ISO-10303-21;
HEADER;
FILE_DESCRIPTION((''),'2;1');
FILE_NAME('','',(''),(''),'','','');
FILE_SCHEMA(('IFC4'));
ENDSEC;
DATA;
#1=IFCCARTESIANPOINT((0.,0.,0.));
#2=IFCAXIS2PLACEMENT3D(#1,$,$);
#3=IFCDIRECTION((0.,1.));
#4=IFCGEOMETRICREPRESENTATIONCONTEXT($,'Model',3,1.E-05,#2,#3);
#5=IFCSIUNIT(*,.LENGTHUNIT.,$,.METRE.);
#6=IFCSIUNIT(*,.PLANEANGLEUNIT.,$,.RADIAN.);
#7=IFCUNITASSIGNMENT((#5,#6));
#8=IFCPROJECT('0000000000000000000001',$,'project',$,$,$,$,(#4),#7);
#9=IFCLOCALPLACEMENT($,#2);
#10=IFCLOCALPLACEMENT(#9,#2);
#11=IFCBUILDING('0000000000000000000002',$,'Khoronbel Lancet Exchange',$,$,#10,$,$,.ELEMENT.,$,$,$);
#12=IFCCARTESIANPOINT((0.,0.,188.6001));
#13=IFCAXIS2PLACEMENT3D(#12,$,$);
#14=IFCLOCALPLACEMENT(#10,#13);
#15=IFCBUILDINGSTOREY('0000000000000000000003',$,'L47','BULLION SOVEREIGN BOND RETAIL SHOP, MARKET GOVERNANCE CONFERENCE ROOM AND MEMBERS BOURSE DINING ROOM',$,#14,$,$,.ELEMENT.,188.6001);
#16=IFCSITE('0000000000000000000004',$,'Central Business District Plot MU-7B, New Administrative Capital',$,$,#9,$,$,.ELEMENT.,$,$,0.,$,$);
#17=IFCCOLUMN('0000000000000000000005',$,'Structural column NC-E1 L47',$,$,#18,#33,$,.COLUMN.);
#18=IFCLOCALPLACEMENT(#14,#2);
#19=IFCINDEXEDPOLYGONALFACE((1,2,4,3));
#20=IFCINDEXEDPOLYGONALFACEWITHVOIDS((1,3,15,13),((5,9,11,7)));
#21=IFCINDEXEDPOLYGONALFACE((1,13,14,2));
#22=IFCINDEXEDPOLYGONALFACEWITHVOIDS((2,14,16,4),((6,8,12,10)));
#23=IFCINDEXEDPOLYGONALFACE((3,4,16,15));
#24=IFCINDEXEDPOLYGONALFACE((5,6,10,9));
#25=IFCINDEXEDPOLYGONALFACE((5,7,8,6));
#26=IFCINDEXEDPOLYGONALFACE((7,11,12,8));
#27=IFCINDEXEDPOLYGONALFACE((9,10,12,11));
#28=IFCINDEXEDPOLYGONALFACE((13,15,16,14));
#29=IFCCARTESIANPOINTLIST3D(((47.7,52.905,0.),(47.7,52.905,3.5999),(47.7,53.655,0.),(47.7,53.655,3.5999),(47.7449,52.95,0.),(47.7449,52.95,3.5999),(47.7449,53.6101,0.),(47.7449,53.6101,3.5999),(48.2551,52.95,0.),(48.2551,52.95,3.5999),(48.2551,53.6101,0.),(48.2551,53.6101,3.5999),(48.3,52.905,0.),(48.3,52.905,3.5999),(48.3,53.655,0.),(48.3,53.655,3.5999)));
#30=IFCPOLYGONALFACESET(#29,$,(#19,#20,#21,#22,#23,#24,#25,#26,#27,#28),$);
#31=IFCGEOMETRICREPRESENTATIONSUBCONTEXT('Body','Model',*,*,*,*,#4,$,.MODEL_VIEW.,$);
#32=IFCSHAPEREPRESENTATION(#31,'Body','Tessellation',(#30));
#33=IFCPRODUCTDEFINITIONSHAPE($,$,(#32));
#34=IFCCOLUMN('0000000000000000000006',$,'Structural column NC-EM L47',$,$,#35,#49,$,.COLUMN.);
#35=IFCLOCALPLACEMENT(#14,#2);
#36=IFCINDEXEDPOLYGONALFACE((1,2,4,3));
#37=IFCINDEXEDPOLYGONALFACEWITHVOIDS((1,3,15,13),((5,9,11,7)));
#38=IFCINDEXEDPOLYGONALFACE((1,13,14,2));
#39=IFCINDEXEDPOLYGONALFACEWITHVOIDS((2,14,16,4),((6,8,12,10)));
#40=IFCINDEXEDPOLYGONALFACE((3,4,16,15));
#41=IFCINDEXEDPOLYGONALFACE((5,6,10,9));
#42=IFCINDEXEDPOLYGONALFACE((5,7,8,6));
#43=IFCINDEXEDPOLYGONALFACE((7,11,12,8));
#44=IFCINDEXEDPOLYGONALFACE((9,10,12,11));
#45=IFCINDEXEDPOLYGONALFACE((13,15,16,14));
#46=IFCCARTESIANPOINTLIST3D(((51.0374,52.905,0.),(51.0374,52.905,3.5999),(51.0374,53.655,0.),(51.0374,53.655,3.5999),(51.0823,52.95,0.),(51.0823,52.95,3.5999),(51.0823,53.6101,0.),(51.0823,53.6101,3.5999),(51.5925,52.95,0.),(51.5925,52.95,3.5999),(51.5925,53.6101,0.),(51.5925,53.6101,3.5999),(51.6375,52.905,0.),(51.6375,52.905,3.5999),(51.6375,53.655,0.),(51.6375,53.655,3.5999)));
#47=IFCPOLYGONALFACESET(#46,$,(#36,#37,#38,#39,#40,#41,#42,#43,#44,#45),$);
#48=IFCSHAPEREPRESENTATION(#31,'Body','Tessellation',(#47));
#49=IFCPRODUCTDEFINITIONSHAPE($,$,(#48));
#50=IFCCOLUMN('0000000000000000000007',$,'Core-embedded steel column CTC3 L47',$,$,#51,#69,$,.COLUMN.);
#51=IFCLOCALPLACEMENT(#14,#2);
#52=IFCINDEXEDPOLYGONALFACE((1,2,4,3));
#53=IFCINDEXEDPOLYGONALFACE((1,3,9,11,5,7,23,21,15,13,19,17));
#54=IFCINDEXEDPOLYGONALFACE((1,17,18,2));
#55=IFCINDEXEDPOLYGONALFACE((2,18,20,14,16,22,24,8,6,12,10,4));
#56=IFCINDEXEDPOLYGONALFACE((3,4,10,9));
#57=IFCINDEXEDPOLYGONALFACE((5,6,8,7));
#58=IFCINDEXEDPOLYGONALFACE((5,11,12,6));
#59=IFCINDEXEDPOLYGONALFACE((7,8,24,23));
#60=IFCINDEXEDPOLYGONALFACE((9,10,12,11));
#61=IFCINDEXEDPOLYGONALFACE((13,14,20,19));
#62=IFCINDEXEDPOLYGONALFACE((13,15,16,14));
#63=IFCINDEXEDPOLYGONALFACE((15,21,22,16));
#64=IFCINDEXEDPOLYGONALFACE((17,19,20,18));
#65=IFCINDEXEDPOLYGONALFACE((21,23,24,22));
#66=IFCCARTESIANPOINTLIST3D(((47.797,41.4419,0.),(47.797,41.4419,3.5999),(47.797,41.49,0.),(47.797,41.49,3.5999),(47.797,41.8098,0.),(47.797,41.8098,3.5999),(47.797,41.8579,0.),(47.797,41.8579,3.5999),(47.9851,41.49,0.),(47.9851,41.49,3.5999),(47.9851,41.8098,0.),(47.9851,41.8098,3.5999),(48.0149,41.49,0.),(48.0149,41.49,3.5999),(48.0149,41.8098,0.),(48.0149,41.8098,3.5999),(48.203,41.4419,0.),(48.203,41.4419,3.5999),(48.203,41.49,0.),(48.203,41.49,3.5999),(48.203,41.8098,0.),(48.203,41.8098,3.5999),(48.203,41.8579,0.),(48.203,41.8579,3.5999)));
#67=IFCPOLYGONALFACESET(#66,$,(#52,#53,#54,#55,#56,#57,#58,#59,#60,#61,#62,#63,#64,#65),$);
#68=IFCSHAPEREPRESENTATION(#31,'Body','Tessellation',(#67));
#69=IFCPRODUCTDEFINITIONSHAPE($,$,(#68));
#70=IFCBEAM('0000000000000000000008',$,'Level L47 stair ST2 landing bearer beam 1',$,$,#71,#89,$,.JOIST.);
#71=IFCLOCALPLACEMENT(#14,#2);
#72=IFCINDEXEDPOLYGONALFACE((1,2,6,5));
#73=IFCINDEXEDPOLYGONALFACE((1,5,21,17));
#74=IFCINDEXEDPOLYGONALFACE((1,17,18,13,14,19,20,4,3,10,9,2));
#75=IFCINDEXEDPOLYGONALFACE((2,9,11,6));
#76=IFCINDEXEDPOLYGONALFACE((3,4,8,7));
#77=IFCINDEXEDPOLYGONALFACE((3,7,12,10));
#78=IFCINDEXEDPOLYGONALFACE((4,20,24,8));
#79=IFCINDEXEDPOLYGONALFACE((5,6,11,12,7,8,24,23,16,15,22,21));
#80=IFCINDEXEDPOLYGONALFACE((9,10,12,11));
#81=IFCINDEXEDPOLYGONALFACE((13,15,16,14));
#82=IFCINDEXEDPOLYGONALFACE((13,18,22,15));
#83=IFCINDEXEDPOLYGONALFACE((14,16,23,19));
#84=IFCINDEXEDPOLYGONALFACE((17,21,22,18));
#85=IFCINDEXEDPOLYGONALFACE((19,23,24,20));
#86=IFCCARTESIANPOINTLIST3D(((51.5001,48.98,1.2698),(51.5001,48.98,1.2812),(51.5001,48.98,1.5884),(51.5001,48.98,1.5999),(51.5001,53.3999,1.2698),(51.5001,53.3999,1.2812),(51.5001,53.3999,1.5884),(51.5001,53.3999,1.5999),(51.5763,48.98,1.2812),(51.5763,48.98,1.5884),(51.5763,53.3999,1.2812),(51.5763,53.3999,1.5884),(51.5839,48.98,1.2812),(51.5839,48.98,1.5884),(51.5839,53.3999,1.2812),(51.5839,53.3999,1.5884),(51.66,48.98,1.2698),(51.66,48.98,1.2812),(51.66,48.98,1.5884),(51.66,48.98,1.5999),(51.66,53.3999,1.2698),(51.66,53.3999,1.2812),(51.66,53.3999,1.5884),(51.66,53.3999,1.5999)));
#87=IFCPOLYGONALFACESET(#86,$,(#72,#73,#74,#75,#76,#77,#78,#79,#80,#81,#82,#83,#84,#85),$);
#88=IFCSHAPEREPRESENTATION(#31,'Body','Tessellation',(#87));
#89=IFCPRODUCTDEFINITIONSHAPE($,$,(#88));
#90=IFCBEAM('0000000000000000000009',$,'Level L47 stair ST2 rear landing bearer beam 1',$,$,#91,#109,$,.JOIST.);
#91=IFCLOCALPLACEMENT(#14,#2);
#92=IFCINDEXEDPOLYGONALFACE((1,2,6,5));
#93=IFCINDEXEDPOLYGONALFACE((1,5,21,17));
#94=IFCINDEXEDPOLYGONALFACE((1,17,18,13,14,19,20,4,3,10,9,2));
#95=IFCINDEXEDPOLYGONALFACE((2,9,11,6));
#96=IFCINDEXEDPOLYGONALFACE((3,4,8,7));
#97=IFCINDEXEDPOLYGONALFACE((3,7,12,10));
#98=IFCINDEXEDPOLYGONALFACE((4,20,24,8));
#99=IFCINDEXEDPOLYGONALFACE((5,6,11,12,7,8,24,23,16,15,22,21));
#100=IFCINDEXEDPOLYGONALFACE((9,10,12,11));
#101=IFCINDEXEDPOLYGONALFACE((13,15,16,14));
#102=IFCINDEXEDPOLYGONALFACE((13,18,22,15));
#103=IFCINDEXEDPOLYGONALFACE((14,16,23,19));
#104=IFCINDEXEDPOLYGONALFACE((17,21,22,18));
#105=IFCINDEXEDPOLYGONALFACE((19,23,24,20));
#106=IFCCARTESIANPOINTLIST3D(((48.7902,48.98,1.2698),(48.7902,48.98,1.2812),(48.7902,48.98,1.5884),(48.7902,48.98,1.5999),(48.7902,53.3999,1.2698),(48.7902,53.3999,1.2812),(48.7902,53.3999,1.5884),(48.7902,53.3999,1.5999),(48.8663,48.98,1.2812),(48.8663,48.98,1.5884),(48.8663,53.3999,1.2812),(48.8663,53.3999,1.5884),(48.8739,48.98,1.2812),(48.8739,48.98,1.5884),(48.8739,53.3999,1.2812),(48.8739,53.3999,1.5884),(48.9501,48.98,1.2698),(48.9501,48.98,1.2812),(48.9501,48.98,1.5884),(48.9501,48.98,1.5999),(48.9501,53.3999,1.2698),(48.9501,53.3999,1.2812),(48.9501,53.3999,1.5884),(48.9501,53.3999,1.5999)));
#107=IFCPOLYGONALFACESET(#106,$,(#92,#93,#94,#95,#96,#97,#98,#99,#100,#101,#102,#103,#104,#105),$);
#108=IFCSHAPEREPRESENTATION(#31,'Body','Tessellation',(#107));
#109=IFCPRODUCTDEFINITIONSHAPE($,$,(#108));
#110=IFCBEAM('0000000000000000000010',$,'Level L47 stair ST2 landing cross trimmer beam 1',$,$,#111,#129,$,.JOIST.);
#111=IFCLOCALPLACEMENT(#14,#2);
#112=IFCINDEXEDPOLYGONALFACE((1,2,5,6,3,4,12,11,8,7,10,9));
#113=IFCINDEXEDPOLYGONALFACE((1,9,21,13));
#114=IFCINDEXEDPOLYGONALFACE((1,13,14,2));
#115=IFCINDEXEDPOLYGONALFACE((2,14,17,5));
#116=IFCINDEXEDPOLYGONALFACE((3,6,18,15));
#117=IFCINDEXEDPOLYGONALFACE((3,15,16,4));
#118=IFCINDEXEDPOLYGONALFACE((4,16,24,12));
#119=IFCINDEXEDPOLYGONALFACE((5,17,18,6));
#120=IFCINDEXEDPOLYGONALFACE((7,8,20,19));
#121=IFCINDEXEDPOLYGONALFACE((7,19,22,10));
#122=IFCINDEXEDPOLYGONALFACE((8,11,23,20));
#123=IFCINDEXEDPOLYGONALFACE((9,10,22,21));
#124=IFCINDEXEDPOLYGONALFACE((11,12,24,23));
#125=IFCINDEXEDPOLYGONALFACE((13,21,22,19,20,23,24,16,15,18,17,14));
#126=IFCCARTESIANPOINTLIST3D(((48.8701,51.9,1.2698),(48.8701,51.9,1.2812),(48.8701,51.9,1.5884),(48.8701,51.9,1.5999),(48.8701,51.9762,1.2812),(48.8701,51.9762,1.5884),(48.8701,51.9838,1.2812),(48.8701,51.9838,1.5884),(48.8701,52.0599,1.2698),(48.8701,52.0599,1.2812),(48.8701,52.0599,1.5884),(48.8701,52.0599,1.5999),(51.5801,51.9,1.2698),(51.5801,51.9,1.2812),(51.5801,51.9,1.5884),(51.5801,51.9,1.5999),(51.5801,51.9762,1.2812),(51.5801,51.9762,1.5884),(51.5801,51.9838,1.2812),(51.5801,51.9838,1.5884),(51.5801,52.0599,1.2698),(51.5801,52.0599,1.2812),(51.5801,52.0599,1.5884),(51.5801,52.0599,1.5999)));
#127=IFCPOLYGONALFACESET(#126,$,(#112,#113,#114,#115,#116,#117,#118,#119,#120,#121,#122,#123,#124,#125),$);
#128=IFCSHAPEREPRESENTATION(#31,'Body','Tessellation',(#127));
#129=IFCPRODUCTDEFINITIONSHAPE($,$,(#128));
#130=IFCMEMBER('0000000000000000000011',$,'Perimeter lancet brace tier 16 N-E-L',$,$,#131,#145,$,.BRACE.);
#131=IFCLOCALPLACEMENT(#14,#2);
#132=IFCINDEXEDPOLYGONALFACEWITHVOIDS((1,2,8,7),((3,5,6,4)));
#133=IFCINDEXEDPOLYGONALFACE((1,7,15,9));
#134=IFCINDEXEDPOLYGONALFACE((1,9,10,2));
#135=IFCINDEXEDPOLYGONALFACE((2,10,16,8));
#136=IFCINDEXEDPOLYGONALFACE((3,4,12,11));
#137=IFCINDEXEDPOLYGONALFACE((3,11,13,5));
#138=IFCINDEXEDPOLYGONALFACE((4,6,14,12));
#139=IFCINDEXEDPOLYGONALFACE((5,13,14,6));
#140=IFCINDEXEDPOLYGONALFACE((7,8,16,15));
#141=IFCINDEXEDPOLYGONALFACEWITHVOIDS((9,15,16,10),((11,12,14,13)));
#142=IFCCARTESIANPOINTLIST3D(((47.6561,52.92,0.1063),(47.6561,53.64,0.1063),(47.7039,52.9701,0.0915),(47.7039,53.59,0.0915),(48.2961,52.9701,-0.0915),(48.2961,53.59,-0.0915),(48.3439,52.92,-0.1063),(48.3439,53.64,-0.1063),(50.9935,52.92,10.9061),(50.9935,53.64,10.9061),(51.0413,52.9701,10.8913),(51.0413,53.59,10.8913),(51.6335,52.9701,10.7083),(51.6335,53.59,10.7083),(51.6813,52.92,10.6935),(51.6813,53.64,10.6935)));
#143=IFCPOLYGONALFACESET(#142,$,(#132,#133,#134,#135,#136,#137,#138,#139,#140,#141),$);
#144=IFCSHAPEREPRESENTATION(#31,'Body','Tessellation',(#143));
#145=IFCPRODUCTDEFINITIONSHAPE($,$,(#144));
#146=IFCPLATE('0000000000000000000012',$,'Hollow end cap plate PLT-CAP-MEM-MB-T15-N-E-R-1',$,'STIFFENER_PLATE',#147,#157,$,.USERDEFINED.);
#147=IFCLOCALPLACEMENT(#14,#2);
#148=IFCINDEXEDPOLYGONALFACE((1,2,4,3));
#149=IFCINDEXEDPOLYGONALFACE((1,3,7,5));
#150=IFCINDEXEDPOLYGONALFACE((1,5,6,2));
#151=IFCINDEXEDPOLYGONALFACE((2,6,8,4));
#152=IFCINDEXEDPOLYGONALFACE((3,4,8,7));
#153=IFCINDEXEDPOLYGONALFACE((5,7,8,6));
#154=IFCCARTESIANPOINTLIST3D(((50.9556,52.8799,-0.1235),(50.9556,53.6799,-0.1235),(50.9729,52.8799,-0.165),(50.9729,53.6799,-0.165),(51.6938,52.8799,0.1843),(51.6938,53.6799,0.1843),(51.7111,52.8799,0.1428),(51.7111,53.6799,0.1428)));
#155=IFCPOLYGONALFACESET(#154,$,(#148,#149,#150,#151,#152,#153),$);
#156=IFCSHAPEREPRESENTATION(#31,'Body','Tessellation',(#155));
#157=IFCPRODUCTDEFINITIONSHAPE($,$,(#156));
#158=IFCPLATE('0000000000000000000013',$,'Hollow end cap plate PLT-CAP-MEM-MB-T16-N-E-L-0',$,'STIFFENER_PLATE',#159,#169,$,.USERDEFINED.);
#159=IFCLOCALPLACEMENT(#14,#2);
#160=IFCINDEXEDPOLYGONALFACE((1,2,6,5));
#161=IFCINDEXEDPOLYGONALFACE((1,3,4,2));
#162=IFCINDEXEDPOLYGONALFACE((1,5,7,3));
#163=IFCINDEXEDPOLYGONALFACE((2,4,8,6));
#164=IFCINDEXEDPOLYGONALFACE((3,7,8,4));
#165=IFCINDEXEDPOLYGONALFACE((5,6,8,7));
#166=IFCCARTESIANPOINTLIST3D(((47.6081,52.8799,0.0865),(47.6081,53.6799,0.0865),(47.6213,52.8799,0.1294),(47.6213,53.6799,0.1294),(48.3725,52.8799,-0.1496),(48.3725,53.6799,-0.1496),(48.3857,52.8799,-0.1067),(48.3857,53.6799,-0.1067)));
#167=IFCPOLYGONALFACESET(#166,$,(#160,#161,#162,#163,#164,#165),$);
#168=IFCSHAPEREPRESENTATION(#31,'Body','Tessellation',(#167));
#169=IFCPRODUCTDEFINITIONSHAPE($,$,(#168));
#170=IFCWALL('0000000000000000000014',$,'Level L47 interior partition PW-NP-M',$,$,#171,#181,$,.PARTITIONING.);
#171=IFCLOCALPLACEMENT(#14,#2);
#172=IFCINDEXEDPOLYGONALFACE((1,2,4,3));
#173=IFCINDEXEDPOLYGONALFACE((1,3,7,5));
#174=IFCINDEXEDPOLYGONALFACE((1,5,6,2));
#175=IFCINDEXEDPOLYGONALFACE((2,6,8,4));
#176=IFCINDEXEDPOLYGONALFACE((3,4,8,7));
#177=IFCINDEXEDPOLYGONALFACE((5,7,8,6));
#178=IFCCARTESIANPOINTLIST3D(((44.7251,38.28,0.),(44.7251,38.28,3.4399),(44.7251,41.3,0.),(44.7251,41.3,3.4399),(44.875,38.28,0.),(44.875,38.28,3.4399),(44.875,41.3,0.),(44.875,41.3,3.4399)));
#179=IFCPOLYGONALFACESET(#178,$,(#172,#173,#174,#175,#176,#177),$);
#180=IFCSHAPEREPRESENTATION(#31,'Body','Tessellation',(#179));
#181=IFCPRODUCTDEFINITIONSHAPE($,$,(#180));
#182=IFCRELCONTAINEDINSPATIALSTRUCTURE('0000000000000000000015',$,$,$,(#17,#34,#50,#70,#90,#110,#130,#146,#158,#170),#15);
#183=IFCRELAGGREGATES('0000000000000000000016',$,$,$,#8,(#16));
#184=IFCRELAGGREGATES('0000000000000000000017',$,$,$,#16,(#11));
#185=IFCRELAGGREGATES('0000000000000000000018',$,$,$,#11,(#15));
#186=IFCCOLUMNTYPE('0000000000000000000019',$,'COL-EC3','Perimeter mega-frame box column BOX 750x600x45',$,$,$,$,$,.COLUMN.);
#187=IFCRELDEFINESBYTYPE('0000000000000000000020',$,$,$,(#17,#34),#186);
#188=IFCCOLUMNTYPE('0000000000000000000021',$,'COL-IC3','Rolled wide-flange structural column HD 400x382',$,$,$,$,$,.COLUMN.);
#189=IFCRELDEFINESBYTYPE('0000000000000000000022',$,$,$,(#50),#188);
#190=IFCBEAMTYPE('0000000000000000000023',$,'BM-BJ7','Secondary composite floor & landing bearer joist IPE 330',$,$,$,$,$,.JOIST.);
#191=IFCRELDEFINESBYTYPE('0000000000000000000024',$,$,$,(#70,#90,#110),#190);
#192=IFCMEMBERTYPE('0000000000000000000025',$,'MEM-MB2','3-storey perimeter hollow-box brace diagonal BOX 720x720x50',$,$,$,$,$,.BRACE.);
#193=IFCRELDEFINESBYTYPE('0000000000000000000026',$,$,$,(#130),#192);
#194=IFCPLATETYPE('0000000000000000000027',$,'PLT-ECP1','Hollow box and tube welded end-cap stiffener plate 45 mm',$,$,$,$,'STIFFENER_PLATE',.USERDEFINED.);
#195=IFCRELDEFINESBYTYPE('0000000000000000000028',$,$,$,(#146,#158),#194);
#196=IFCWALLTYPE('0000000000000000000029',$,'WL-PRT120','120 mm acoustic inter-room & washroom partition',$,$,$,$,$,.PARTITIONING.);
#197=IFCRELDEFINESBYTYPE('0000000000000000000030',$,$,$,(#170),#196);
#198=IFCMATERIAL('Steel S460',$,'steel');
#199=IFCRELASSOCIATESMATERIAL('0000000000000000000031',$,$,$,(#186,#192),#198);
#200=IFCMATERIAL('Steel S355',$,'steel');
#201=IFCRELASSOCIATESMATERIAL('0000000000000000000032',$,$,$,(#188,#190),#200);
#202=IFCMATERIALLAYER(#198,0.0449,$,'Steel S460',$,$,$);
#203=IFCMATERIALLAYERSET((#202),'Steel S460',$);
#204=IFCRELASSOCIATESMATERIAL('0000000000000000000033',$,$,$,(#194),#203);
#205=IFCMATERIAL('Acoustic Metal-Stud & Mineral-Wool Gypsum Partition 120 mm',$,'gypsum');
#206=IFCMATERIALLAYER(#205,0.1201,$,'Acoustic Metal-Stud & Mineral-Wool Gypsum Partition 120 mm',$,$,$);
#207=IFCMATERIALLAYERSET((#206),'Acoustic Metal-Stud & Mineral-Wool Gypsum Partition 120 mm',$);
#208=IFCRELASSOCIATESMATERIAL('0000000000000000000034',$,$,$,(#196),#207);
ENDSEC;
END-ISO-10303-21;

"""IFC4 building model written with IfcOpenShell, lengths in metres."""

from ifc_helpers import new_model, si_unit, direction, frame, frame_2d, origin, origin_2d, place, context, subcontext, project, spatial, polyline, rectangle, hollow_rectangle, i_section, outline, extrude, material, layer, layer_set, material_profile, profile_set, type_object, element, save


model = new_model("IFC4")

# Units and contexts
model_context = context("Model", 3, precision=1e-05, world=origin(), true_north=direction((0.0, 1.0)))
body_context = subcontext(model_context, "Body", "Model", "MODEL_VIEW")
ifc_project = project(units=[si_unit("LENGTHUNIT", "METRE"), si_unit("PLANEANGLEUNIT", "RADIAN")], contexts=[model_context])

# Site, building, storey
site_placement = place(None, origin())
site = spatial("IfcSite", under=ifc_project, at=site_placement, Name="Central Business District Plot MU-7B, New Administrative Capital", CompositionType="ELEMENT", RefElevation=0.0)
building_placement = place(site_placement, origin())
building = spatial("IfcBuilding", under=site, at=building_placement, Name="Khoronbel Lancet Exchange", CompositionType="ELEMENT")
storey_placement = place(building_placement, frame((0.0, 0.0, 188.6001)))
storey = spatial("IfcBuildingStorey", under=building, at=storey_placement, Name="L47", Description="BULLION SOVEREIGN BOND RETAIL SHOP, MARKET GOVERNANCE CONFERENCE ROOM AND MEMBERS BOURSE DINING ROOM", CompositionType="ELEMENT", Elevation=188.6001)

# Columns
ifc_material_1 = material(Name="Steel S460", Category="steel")
ifc_material_profile_1 = material_profile(ifc_material_1, hollow_rectangle(XDim=0.6001, YDim=0.75, WallThickness=0.0449, at=origin_2d()), Name="BOX 750x600x45")
ifc_profile_set_1 = profile_set([ifc_material_profile_1], Name="Steel S460")
column_type_1 = type_object("IfcColumnType", Name="COL-EC3", Description="Perimeter mega-frame box column BOX 750x600x45", PredefinedType="COLUMN", material=ifc_profile_set_1)
for number, where, z_axis, x_axis, name in (
    (1, (48.0, 53.28, 0.0), (0.0, 0.0, 1.0), (1.0, 0.0, 0.0), "Structural column NC-E1 L47"),
    (2, (51.3374, 53.28, 0.0), (0.0, 0.0, 1.0), (1.0, 0.0, 0.0), "Structural column NC-EM L47"),
):
    element("IfcColumn", number, at=place(storey_placement, frame(where, z_axis=z_axis, x_axis=x_axis)), inside=storey, type_object=column_type_1, Name=name, PredefinedType="COLUMN", context=body_context, shape_type="SweptSolid", body=[
        extrude(hollow_rectangle(XDim=0.6001, YDim=0.75, WallThickness=0.0449, at=origin_2d()), origin(), (0.0, 0.0, 1.0), 3.5999),
    ])
ifc_material_2 = material(Name="Steel S355", Category="steel")
ifc_material_profile_2 = material_profile(ifc_material_2, i_section(OverallWidth=0.406, OverallDepth=0.416, WebThickness=0.0298, FlangeThickness=0.0481, at=origin_2d()), Name="HD 400x382")
ifc_profile_set_2 = profile_set([ifc_material_profile_2], Name="Steel S355")
column_type_2 = type_object("IfcColumnType", Name="COL-IC3", Description="Rolled wide-flange structural column HD 400x382", PredefinedType="COLUMN", material=ifc_profile_set_2)
column_placement = place(storey_placement, frame((48.0, 41.6499, 0.0), z_axis=(0.0, 0.0, 1.0), x_axis=(1.0, 0.0, 0.0)))
element("IfcColumn", 3, at=column_placement, inside=storey, type_object=column_type_2, Name="Core-embedded steel column CTC3 L47", PredefinedType="COLUMN", context=body_context, shape_type="SweptSolid", body=[
    extrude(i_section(OverallWidth=0.406, OverallDepth=0.416, WebThickness=0.0298, FlangeThickness=0.0481, at=origin_2d()), origin(), (0.0, 0.0, 1.0), 3.5999),
])

# Beams
ifc_material_profile_3 = material_profile(ifc_material_2, i_section(OverallWidth=0.1599, OverallDepth=0.3301, WebThickness=0.0076, FlangeThickness=0.0115, at=origin_2d()), Name="IPE 330")
ifc_profile_set_3 = profile_set([ifc_material_profile_3], Name="Steel S355")
beam_type = type_object("IfcBeamType", Name="BM-BJ7", Description="Secondary composite floor & landing bearer joist IPE 330", PredefinedType="JOIST", material=ifc_profile_set_3)
for number, where, z_axis, x_axis, name in (
    (4, (51.5801, 48.98, 1.4348), (0.0, 1.0, 0.0), (-1.0, 0.0, 0.0), "Level L47 stair ST2 landing bearer beam 1"),
    (5, (48.8701, 48.98, 1.4348), (0.0, 1.0, 0.0), (-1.0, 0.0, 0.0), "Level L47 stair ST2 rear landing bearer beam 1"),
):
    element("IfcBeam", number, at=place(storey_placement, frame(where, z_axis=z_axis, x_axis=x_axis)), inside=storey, type_object=beam_type, Name=name, PredefinedType="JOIST", context=body_context, shape_type="SweptSolid", body=[
        extrude(i_section(OverallWidth=0.1599, OverallDepth=0.3301, WebThickness=0.0076, FlangeThickness=0.0115, at=origin_2d()), origin(), (0.0, 0.0, 1.0), 4.4199),
    ])
beam_placement = place(storey_placement, frame((48.8701, 51.98, 1.4348), z_axis=(1.0, 0.0, 0.0), x_axis=(0.0, 1.0, 0.0)))
element("IfcBeam", 6, at=beam_placement, inside=storey, type_object=beam_type, Name="Level L47 stair ST2 landing cross trimmer beam 1", PredefinedType="JOIST", context=body_context, shape_type="SweptSolid", body=[
    extrude(i_section(OverallWidth=0.1599, OverallDepth=0.3301, WebThickness=0.0076, FlangeThickness=0.0115, at=origin_2d()), origin(), (0.0, 0.0, 1.0), 2.71),
])

# Member
ifc_material_profile_4 = material_profile(ifc_material_1, hollow_rectangle(XDim=0.72, YDim=0.72, WallThickness=0.05, at=origin_2d()), Name="BOX 720x720x50")
ifc_profile_set_4 = profile_set([ifc_material_profile_4], Name="Steel S460")
member_type = type_object("IfcMemberType", Name="MEM-MB2", Description="3-storey perimeter hollow-box brace diagonal BOX 720x720x50", PredefinedType="BRACE", material=ifc_profile_set_4)
member_placement = place(storey_placement, frame((48.0, 53.28, 0.0), z_axis=(0.295248, 0.0, 0.955421), x_axis=(0.0, 1.0, 0.0)))
element("IfcMember", 7, at=member_placement, inside=storey, type_object=member_type, Name="Perimeter lancet brace tier 16 N-E-L", PredefinedType="BRACE", context=body_context, shape_type="SweptSolid", body=[
    extrude(hollow_rectangle(XDim=0.72, YDim=0.72, WallThickness=0.05, at=origin_2d()), origin(), (0.0, 0.0, 1.0), 11.3037),
])

# Plates
ifc_layer_1 = layer(ifc_material_1, 0.0449, Name="Steel S460")
ifc_layer_set_1 = layer_set([ifc_layer_1], Name="Steel S460")
plate_type = type_object("IfcPlateType", Name="PLT-ECP1", Description="Hollow box and tube welded end-cap stiffener plate 45 mm", ElementType="STIFFENER_PLATE", PredefinedType="USERDEFINED", material=ifc_layer_set_1)
plate_1_placement = place(storey_placement, frame((50.9556, 53.6799, -0.1235), z_axis=(-0.384875, 0.0, 0.922969), x_axis=(0.0, -1.0, 0.0)))
element("IfcPlate", 8, at=plate_1_placement, inside=storey, type_object=plate_type, Name="Hollow end cap plate PLT-CAP-MEM-MB-T15-N-E-R-1", ObjectType="STIFFENER_PLATE", PredefinedType="USERDEFINED", context=body_context, shape_type="SweptSolid", body=[
    extrude(outline(polyline([(0.0, 0.0), (0.8, 0.0), (0.8, 0.7998), (0.0, 0.7998), (0.0, 0.0)])), origin(), (0.0, 0.0, -1.0), 0.0449),
])
plate_2_placement = place(storey_placement, frame((48.3857, 52.8799, -0.1067), z_axis=(0.295094, 0.0, 0.955468), x_axis=(0.0, 1.0, 0.0)))
element("IfcPlate", 9, at=plate_2_placement, inside=storey, type_object=plate_type, Name="Hollow end cap plate PLT-CAP-MEM-MB-T16-N-E-L-0", ObjectType="STIFFENER_PLATE", PredefinedType="USERDEFINED", context=body_context, shape_type="SweptSolid", body=[
    extrude(outline(polyline([(0.0, 0.0), (0.8, 0.0), (0.8, 0.8), (0.0, 0.8), (0.0, 0.0)])), origin(), (0.0, 0.0, -1.0), 0.0449),
])

# Wall
ifc_material_3 = material(Name="Acoustic Metal-Stud & Mineral-Wool Gypsum Partition 120 mm", Category="gypsum")
ifc_layer_2 = layer(ifc_material_3, 0.1201, Name="Acoustic Metal-Stud & Mineral-Wool Gypsum Partition 120 mm")
ifc_layer_set_2 = layer_set([ifc_layer_2], Name="Acoustic Metal-Stud & Mineral-Wool Gypsum Partition 120 mm")
wall_type_1 = type_object("IfcWallType", Name="WL-PRT120", Description="120 mm acoustic inter-room & washroom partition", PredefinedType="PARTITIONING", material=ifc_layer_set_2)
wall_1_placement = place(storey_placement, frame((44.8, 38.28, 0.0), z_axis=(0.0, 0.0, 1.0), x_axis=(0.0, 1.0, 0.0)))
element("IfcWall", 10, at=wall_1_placement, inside=storey, type_object=wall_type_1, Name="Level L47 interior partition PW-NP-M", PredefinedType="PARTITIONING", context=body_context, shape_type="SweptSolid", body=[
    extrude(rectangle(XDim=3.02, YDim=0.1499, at=frame_2d((1.51, 0.0))), origin(), (0.0, 0.0, 1.0), 3.4399),
])

save(model, "model.ifc")
